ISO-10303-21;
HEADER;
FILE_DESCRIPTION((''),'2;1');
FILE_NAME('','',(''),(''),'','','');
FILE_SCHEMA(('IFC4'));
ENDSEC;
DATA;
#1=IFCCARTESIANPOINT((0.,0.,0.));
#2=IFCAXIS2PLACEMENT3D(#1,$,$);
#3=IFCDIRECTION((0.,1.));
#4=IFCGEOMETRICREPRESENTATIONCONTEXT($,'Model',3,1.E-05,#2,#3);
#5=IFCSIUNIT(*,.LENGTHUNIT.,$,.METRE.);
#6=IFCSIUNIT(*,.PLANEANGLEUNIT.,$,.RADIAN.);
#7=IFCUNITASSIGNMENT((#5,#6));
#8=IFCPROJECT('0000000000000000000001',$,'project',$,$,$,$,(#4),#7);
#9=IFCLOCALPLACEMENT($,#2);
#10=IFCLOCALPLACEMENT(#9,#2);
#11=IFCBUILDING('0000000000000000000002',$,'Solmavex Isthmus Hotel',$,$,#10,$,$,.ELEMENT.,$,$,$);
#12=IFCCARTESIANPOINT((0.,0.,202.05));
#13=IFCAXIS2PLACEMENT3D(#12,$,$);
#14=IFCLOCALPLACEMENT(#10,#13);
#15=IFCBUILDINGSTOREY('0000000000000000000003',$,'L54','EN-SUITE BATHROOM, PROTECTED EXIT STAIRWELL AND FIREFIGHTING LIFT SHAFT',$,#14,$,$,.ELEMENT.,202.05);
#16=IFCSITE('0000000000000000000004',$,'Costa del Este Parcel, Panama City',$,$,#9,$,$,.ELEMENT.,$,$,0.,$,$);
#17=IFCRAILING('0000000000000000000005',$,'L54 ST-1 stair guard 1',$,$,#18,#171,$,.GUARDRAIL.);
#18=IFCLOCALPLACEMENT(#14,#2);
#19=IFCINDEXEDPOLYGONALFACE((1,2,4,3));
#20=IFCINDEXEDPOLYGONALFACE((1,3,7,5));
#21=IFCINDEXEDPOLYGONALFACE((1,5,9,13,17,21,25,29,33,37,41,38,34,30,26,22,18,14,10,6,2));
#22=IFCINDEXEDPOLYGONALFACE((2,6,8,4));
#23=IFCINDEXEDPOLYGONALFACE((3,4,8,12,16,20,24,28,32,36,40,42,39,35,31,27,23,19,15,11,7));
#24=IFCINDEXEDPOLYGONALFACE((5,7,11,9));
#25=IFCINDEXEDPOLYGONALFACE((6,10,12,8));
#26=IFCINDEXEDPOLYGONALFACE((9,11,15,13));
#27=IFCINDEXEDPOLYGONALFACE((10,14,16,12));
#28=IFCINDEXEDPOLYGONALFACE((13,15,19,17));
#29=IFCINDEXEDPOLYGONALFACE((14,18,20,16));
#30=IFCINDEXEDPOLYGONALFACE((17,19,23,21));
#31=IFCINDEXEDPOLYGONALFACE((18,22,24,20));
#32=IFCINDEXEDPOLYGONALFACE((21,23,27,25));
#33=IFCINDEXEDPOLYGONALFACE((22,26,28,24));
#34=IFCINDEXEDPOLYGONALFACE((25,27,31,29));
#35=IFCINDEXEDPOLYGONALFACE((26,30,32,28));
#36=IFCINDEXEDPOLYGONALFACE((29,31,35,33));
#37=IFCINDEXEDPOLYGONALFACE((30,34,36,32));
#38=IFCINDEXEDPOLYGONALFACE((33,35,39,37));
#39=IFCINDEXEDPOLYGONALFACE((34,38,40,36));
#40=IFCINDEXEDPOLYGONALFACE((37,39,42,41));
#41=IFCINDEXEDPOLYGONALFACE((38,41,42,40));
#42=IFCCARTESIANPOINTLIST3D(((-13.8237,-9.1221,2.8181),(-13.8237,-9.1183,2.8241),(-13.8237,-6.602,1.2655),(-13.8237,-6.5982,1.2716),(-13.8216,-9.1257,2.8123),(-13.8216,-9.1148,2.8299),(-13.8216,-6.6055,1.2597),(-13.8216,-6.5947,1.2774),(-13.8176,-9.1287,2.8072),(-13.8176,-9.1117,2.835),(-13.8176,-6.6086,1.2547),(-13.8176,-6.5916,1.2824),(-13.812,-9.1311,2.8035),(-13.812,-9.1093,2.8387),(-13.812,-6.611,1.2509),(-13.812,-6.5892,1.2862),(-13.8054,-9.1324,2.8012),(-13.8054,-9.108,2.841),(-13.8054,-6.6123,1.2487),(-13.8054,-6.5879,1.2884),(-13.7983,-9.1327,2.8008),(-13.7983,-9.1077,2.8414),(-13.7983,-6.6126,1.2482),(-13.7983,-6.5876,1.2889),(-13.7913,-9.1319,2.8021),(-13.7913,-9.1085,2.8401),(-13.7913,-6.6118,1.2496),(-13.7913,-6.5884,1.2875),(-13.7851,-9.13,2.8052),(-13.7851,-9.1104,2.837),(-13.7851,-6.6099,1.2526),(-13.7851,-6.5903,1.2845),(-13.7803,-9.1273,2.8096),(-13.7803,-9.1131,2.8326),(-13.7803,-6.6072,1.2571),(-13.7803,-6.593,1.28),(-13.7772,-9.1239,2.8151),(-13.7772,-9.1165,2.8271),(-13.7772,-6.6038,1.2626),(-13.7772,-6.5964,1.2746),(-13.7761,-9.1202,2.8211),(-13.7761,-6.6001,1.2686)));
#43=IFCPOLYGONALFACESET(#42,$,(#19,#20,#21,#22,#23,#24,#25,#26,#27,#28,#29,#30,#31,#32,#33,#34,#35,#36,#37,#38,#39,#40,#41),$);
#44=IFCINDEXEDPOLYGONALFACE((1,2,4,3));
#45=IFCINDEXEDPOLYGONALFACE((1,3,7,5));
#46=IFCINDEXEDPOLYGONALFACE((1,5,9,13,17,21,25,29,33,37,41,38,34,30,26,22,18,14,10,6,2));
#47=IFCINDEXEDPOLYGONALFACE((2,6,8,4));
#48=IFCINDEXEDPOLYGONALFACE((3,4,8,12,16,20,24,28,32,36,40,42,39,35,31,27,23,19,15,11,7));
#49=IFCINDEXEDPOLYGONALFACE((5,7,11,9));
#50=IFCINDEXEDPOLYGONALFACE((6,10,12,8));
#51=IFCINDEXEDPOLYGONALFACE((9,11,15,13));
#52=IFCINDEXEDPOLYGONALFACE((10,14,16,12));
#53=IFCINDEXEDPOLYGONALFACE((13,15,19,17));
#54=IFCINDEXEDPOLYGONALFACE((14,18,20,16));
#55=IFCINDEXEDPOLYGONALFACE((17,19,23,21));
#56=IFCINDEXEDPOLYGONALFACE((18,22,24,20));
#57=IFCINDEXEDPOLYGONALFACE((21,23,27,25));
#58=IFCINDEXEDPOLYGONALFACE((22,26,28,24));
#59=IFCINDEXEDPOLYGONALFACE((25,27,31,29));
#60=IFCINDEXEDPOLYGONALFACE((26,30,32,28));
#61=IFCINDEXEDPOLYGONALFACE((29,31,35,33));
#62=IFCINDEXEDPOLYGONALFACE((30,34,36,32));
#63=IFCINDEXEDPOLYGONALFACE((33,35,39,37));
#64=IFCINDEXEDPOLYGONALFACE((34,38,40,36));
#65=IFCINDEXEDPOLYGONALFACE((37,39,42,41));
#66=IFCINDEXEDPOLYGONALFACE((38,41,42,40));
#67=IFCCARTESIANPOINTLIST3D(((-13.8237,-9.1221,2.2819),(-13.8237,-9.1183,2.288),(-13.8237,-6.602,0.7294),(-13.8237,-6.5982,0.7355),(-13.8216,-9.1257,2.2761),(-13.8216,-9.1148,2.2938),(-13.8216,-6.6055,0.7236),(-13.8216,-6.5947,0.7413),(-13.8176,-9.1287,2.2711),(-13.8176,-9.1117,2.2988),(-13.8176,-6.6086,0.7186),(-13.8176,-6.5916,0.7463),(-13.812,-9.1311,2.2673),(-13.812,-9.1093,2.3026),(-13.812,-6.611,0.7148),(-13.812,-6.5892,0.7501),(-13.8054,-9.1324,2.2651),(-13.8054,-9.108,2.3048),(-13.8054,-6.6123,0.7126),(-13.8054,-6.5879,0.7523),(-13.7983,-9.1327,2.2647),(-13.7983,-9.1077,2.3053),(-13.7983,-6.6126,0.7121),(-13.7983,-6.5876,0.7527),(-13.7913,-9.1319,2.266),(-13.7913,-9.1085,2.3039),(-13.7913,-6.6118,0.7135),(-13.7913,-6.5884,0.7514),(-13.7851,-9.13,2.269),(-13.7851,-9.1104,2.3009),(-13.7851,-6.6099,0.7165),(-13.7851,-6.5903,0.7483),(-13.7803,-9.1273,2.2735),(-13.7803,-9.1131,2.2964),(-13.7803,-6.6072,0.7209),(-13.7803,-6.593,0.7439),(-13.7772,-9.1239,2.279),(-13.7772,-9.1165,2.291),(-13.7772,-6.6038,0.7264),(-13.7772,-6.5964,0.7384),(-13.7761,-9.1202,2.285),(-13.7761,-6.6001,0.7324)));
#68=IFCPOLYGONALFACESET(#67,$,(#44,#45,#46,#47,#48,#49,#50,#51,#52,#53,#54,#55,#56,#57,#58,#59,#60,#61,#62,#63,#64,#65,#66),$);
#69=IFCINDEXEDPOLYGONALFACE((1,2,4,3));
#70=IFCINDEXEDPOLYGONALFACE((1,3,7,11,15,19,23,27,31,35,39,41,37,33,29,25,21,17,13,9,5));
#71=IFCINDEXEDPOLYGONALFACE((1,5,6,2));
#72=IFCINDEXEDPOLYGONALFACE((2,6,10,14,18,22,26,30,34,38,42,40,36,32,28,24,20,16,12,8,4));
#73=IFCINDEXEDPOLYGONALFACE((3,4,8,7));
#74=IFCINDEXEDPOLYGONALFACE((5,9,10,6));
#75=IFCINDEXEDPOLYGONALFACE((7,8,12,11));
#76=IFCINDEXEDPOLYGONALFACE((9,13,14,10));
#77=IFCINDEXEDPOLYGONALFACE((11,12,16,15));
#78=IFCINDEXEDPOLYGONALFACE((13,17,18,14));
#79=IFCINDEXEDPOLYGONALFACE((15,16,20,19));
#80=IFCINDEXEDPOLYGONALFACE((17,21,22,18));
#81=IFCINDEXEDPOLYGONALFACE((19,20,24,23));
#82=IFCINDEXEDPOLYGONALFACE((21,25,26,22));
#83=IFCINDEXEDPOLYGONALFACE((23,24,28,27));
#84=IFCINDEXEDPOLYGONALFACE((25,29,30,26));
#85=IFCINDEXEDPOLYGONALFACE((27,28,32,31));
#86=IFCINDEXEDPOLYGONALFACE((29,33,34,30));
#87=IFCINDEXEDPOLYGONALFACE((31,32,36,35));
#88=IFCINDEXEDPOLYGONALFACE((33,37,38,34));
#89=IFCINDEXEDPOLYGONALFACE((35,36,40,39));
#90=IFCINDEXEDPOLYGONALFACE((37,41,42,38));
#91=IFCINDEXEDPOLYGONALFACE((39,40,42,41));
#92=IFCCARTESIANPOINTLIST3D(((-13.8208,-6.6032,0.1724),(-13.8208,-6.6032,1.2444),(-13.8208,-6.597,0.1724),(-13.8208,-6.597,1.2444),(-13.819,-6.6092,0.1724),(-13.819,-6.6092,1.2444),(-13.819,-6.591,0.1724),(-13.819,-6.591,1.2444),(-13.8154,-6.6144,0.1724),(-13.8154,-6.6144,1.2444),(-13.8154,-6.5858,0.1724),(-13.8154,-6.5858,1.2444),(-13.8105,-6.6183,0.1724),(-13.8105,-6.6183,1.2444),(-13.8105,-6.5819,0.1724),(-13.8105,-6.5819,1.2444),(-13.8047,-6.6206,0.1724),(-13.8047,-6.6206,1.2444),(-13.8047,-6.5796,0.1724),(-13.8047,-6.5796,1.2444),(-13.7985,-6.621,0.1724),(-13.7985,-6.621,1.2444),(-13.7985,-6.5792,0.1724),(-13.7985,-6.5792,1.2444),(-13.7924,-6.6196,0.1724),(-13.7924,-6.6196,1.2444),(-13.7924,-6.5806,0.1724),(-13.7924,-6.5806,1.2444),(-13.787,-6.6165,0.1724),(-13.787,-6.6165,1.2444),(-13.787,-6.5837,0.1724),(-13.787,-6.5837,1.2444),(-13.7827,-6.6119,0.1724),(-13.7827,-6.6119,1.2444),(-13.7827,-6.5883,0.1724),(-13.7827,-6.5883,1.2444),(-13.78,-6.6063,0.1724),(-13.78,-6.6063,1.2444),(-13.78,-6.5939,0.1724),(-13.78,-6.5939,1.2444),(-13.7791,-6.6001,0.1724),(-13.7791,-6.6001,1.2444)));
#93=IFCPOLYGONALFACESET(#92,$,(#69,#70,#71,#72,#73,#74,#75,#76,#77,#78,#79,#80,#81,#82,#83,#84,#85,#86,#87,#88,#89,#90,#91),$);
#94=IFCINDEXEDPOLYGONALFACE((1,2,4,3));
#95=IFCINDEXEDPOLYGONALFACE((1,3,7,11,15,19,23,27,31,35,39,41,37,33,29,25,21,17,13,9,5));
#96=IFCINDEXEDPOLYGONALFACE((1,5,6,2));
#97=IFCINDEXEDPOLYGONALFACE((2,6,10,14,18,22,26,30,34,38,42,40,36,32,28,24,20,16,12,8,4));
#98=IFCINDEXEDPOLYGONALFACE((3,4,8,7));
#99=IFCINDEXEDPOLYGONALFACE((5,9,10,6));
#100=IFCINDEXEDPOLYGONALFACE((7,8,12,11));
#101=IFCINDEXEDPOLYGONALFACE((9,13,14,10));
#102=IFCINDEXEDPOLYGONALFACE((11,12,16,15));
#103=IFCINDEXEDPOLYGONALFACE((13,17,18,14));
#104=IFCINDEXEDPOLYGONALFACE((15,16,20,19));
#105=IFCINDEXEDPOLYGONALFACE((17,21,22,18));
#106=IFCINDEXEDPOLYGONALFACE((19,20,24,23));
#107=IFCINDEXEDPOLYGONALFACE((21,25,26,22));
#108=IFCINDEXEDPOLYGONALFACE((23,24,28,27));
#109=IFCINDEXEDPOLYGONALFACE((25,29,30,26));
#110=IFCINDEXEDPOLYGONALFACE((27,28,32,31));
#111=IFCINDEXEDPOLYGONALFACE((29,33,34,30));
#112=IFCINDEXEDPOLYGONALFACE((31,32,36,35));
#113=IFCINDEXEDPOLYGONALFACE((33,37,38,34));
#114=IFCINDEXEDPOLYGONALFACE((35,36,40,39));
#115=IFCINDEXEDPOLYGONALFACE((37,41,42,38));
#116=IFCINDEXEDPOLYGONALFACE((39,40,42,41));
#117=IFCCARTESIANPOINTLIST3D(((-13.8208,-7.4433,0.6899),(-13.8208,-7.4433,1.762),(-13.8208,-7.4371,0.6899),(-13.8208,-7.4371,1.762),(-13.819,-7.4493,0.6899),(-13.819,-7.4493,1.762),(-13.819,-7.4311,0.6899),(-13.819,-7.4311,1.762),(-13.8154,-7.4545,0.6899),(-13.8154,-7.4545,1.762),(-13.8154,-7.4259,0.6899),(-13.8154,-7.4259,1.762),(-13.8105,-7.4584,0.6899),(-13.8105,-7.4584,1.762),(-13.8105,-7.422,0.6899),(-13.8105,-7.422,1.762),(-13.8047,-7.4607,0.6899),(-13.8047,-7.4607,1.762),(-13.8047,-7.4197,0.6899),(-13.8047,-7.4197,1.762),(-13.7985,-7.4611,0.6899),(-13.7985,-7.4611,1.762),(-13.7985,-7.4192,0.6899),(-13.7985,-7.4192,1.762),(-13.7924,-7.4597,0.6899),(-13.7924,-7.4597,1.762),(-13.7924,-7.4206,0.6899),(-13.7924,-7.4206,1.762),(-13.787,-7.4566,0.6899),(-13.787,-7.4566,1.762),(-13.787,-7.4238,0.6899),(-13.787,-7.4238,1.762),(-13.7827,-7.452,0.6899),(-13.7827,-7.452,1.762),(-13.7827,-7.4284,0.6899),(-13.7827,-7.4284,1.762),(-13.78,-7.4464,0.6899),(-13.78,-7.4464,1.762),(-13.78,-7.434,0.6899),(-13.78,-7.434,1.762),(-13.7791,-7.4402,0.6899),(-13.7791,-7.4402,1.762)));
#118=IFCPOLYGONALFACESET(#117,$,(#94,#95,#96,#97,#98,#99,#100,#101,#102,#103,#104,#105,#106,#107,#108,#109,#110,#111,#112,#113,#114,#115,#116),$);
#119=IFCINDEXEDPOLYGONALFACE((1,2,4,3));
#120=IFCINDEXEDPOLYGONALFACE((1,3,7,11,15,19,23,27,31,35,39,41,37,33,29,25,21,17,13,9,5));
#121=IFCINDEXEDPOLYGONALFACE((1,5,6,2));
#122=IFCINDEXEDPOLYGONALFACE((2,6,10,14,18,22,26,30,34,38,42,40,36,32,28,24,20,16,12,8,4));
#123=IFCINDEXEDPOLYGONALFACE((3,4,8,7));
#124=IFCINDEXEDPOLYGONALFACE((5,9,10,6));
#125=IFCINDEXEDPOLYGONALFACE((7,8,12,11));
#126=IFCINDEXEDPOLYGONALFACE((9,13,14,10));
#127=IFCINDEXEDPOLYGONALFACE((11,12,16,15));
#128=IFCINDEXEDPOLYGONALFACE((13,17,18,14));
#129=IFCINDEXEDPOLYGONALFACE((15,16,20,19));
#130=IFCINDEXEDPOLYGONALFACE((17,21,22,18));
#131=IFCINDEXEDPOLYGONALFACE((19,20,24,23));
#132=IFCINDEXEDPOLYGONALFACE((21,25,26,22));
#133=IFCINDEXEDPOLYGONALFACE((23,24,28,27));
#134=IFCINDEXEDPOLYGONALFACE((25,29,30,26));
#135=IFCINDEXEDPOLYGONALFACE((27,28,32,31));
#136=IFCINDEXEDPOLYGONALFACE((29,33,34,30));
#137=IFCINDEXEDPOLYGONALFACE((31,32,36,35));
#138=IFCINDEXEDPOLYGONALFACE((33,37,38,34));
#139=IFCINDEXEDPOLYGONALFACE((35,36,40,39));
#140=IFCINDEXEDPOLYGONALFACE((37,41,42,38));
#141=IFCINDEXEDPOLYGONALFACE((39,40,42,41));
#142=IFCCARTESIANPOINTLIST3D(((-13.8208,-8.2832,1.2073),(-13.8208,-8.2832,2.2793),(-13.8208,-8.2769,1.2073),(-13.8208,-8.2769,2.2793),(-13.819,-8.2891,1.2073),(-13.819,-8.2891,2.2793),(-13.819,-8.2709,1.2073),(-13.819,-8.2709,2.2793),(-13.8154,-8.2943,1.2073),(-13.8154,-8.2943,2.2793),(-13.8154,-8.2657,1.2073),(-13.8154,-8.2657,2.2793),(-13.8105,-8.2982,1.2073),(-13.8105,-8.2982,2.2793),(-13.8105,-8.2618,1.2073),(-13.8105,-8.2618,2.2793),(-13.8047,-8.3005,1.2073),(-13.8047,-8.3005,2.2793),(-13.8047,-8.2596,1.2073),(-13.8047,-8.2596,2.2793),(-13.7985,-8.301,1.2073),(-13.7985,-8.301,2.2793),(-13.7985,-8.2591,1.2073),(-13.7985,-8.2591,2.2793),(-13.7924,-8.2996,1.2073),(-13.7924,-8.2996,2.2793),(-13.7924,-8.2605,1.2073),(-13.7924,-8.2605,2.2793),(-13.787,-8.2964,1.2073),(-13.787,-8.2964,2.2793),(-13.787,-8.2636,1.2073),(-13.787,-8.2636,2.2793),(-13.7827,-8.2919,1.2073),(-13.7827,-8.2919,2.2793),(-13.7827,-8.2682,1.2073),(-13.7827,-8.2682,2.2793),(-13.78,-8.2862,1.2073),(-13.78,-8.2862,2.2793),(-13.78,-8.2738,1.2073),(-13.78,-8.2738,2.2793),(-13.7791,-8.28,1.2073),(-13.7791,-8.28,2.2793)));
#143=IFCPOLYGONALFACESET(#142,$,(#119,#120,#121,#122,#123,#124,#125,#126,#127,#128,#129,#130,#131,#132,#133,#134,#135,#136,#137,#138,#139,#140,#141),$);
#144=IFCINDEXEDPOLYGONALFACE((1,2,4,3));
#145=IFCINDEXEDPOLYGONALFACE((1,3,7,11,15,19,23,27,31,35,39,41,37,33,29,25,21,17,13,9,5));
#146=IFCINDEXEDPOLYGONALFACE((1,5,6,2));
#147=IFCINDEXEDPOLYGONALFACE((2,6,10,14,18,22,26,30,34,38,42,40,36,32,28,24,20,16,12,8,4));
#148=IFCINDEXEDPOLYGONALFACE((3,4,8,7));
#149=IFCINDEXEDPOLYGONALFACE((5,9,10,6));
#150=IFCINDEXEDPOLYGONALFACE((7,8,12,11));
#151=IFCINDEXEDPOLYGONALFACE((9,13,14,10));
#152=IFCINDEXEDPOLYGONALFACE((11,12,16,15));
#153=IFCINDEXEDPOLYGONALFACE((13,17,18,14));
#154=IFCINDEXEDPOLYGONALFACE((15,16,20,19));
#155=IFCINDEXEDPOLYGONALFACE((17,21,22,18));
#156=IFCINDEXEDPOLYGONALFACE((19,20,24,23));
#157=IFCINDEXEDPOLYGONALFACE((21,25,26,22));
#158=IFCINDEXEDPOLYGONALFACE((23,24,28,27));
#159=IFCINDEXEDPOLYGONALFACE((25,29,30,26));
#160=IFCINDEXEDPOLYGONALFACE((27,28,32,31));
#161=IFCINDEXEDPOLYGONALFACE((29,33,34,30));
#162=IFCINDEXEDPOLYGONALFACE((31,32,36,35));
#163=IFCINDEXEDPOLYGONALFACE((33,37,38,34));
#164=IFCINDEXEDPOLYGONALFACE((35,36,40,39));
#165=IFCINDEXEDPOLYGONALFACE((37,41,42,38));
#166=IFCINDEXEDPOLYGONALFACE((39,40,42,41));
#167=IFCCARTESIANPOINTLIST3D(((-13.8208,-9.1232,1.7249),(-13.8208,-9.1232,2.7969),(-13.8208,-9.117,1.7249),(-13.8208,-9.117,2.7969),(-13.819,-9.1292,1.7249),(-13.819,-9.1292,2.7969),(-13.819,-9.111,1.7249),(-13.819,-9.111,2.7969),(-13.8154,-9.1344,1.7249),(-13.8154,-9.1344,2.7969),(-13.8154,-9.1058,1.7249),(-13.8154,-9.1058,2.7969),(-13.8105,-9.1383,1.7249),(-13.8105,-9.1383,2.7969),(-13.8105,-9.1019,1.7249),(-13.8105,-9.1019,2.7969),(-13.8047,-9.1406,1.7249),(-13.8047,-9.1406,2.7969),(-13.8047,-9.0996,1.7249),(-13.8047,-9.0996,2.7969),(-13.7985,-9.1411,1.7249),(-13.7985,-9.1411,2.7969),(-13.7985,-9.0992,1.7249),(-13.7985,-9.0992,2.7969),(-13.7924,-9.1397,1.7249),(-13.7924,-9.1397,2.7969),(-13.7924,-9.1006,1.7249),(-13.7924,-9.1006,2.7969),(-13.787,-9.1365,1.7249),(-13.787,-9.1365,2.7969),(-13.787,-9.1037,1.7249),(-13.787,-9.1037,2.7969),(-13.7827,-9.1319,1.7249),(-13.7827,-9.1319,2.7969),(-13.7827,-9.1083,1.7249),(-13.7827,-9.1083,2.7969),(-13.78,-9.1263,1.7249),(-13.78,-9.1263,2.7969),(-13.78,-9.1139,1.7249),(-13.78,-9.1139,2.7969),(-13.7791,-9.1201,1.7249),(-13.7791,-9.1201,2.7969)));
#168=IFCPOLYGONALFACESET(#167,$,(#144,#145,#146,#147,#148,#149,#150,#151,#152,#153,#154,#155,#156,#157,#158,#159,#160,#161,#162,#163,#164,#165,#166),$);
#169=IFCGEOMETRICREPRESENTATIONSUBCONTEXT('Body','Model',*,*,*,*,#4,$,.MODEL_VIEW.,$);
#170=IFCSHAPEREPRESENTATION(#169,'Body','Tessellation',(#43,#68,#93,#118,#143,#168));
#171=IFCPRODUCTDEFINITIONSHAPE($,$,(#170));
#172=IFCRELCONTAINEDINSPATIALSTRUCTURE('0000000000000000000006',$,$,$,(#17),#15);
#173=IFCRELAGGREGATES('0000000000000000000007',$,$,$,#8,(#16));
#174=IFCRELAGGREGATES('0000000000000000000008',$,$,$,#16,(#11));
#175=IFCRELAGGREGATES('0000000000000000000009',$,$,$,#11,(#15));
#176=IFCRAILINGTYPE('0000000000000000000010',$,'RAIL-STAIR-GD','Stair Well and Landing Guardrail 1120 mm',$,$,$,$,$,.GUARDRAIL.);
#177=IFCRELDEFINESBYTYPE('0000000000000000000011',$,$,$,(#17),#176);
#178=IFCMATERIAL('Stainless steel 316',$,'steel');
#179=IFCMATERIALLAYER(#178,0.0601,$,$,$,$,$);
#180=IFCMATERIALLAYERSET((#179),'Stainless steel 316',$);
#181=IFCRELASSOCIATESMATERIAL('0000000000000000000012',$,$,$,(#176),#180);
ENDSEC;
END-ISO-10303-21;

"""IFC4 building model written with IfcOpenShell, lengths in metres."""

from ifc_helpers import new_model, si_unit, direction, frame, origin, origin_2d, place, context, subcontext, project, spatial, circle, extrude, material, layer, layer_set, type_object, element, save


model = new_model("IFC4")

# Units and contexts
model_context = context("Model", 3, precision=1e-05, world=origin(), true_north=direction((0.0, 1.0)))
body_context = subcontext(model_context, "Body", "Model", "MODEL_VIEW")
ifc_project = project(units=[si_unit("LENGTHUNIT", "METRE"), si_unit("PLANEANGLEUNIT", "RADIAN")], contexts=[model_context])

# Site, building, storey
site_placement = place(None, origin())
site = spatial("IfcSite", under=ifc_project, at=site_placement, Name="Costa del Este Parcel, Panama City", CompositionType="ELEMENT", RefElevation=0.0)
building_placement = place(site_placement, origin())
building = spatial("IfcBuilding", under=site, at=building_placement, Name="Solmavex Isthmus Hotel", CompositionType="ELEMENT")
storey_placement = place(building_placement, frame((0.0, 0.0, 202.05)))
storey = spatial("IfcBuildingStorey", under=building, at=storey_placement, Name="L54", Description="EN-SUITE BATHROOM, PROTECTED EXIT STAIRWELL AND FIREFIGHTING LIFT SHAFT", CompositionType="ELEMENT", Elevation=202.05)

# Railing
ifc_material_1 = material(Name="Stainless steel 316", Category="steel")
ifc_layer_1 = layer(ifc_material_1, 0.0601)
ifc_layer_set_1 = layer_set([ifc_layer_1], Name="Stainless steel 316")
railing_type_1 = type_object("IfcRailingType", Name="RAIL-STAIR-GD", Description="Stair Well and Landing Guardrail 1120 mm", PredefinedType="GUARDRAIL", material=ifc_layer_set_1)
railing_1_placement = place(storey_placement, frame((-13.8, -6.6001, 0.1724)))
element("IfcRailing", 1, at=railing_1_placement, inside=storey, type_object=railing_type_1, Name="L54 ST-1 stair guard 1", PredefinedType="GUARDRAIL", context=body_context, shape_type="SweptSolid", body=[
    extrude(circle(Radius=0.0239, at=origin_2d()), frame((0.0, 0.0, 1.0962), z_axis=(0.0, -0.8514, 0.524516), x_axis=(1.0, 0.0, 0.0)), (0.0, 0.0, 1.0), 2.96),
    extrude(circle(Radius=0.0239, at=origin_2d()), frame((0.0, 0.0, 0.5601), z_axis=(0.0, -0.8514, 0.524516), x_axis=(1.0, 0.0, 0.0)), (0.0, 0.0, 1.0), 2.96),
    extrude(circle(Radius=0.021, at=origin_2d()), origin(), (0.0, 0.0, 1.0), 1.072),
    extrude(circle(Radius=0.021, at=origin_2d()), frame((0.0, -0.8401, 0.5176)), (0.0, 0.0, 1.0), 1.072),
    extrude(circle(Radius=0.021, at=origin_2d()), frame((0.0, -1.6799, 1.0349)), (0.0, 0.0, 1.0), 1.072),
    extrude(circle(Radius=0.021, at=origin_2d()), frame((0.0, -2.52, 1.5525)), (0.0, 0.0, 1.0), 1.072),
])

save(model, "model.ifc")
